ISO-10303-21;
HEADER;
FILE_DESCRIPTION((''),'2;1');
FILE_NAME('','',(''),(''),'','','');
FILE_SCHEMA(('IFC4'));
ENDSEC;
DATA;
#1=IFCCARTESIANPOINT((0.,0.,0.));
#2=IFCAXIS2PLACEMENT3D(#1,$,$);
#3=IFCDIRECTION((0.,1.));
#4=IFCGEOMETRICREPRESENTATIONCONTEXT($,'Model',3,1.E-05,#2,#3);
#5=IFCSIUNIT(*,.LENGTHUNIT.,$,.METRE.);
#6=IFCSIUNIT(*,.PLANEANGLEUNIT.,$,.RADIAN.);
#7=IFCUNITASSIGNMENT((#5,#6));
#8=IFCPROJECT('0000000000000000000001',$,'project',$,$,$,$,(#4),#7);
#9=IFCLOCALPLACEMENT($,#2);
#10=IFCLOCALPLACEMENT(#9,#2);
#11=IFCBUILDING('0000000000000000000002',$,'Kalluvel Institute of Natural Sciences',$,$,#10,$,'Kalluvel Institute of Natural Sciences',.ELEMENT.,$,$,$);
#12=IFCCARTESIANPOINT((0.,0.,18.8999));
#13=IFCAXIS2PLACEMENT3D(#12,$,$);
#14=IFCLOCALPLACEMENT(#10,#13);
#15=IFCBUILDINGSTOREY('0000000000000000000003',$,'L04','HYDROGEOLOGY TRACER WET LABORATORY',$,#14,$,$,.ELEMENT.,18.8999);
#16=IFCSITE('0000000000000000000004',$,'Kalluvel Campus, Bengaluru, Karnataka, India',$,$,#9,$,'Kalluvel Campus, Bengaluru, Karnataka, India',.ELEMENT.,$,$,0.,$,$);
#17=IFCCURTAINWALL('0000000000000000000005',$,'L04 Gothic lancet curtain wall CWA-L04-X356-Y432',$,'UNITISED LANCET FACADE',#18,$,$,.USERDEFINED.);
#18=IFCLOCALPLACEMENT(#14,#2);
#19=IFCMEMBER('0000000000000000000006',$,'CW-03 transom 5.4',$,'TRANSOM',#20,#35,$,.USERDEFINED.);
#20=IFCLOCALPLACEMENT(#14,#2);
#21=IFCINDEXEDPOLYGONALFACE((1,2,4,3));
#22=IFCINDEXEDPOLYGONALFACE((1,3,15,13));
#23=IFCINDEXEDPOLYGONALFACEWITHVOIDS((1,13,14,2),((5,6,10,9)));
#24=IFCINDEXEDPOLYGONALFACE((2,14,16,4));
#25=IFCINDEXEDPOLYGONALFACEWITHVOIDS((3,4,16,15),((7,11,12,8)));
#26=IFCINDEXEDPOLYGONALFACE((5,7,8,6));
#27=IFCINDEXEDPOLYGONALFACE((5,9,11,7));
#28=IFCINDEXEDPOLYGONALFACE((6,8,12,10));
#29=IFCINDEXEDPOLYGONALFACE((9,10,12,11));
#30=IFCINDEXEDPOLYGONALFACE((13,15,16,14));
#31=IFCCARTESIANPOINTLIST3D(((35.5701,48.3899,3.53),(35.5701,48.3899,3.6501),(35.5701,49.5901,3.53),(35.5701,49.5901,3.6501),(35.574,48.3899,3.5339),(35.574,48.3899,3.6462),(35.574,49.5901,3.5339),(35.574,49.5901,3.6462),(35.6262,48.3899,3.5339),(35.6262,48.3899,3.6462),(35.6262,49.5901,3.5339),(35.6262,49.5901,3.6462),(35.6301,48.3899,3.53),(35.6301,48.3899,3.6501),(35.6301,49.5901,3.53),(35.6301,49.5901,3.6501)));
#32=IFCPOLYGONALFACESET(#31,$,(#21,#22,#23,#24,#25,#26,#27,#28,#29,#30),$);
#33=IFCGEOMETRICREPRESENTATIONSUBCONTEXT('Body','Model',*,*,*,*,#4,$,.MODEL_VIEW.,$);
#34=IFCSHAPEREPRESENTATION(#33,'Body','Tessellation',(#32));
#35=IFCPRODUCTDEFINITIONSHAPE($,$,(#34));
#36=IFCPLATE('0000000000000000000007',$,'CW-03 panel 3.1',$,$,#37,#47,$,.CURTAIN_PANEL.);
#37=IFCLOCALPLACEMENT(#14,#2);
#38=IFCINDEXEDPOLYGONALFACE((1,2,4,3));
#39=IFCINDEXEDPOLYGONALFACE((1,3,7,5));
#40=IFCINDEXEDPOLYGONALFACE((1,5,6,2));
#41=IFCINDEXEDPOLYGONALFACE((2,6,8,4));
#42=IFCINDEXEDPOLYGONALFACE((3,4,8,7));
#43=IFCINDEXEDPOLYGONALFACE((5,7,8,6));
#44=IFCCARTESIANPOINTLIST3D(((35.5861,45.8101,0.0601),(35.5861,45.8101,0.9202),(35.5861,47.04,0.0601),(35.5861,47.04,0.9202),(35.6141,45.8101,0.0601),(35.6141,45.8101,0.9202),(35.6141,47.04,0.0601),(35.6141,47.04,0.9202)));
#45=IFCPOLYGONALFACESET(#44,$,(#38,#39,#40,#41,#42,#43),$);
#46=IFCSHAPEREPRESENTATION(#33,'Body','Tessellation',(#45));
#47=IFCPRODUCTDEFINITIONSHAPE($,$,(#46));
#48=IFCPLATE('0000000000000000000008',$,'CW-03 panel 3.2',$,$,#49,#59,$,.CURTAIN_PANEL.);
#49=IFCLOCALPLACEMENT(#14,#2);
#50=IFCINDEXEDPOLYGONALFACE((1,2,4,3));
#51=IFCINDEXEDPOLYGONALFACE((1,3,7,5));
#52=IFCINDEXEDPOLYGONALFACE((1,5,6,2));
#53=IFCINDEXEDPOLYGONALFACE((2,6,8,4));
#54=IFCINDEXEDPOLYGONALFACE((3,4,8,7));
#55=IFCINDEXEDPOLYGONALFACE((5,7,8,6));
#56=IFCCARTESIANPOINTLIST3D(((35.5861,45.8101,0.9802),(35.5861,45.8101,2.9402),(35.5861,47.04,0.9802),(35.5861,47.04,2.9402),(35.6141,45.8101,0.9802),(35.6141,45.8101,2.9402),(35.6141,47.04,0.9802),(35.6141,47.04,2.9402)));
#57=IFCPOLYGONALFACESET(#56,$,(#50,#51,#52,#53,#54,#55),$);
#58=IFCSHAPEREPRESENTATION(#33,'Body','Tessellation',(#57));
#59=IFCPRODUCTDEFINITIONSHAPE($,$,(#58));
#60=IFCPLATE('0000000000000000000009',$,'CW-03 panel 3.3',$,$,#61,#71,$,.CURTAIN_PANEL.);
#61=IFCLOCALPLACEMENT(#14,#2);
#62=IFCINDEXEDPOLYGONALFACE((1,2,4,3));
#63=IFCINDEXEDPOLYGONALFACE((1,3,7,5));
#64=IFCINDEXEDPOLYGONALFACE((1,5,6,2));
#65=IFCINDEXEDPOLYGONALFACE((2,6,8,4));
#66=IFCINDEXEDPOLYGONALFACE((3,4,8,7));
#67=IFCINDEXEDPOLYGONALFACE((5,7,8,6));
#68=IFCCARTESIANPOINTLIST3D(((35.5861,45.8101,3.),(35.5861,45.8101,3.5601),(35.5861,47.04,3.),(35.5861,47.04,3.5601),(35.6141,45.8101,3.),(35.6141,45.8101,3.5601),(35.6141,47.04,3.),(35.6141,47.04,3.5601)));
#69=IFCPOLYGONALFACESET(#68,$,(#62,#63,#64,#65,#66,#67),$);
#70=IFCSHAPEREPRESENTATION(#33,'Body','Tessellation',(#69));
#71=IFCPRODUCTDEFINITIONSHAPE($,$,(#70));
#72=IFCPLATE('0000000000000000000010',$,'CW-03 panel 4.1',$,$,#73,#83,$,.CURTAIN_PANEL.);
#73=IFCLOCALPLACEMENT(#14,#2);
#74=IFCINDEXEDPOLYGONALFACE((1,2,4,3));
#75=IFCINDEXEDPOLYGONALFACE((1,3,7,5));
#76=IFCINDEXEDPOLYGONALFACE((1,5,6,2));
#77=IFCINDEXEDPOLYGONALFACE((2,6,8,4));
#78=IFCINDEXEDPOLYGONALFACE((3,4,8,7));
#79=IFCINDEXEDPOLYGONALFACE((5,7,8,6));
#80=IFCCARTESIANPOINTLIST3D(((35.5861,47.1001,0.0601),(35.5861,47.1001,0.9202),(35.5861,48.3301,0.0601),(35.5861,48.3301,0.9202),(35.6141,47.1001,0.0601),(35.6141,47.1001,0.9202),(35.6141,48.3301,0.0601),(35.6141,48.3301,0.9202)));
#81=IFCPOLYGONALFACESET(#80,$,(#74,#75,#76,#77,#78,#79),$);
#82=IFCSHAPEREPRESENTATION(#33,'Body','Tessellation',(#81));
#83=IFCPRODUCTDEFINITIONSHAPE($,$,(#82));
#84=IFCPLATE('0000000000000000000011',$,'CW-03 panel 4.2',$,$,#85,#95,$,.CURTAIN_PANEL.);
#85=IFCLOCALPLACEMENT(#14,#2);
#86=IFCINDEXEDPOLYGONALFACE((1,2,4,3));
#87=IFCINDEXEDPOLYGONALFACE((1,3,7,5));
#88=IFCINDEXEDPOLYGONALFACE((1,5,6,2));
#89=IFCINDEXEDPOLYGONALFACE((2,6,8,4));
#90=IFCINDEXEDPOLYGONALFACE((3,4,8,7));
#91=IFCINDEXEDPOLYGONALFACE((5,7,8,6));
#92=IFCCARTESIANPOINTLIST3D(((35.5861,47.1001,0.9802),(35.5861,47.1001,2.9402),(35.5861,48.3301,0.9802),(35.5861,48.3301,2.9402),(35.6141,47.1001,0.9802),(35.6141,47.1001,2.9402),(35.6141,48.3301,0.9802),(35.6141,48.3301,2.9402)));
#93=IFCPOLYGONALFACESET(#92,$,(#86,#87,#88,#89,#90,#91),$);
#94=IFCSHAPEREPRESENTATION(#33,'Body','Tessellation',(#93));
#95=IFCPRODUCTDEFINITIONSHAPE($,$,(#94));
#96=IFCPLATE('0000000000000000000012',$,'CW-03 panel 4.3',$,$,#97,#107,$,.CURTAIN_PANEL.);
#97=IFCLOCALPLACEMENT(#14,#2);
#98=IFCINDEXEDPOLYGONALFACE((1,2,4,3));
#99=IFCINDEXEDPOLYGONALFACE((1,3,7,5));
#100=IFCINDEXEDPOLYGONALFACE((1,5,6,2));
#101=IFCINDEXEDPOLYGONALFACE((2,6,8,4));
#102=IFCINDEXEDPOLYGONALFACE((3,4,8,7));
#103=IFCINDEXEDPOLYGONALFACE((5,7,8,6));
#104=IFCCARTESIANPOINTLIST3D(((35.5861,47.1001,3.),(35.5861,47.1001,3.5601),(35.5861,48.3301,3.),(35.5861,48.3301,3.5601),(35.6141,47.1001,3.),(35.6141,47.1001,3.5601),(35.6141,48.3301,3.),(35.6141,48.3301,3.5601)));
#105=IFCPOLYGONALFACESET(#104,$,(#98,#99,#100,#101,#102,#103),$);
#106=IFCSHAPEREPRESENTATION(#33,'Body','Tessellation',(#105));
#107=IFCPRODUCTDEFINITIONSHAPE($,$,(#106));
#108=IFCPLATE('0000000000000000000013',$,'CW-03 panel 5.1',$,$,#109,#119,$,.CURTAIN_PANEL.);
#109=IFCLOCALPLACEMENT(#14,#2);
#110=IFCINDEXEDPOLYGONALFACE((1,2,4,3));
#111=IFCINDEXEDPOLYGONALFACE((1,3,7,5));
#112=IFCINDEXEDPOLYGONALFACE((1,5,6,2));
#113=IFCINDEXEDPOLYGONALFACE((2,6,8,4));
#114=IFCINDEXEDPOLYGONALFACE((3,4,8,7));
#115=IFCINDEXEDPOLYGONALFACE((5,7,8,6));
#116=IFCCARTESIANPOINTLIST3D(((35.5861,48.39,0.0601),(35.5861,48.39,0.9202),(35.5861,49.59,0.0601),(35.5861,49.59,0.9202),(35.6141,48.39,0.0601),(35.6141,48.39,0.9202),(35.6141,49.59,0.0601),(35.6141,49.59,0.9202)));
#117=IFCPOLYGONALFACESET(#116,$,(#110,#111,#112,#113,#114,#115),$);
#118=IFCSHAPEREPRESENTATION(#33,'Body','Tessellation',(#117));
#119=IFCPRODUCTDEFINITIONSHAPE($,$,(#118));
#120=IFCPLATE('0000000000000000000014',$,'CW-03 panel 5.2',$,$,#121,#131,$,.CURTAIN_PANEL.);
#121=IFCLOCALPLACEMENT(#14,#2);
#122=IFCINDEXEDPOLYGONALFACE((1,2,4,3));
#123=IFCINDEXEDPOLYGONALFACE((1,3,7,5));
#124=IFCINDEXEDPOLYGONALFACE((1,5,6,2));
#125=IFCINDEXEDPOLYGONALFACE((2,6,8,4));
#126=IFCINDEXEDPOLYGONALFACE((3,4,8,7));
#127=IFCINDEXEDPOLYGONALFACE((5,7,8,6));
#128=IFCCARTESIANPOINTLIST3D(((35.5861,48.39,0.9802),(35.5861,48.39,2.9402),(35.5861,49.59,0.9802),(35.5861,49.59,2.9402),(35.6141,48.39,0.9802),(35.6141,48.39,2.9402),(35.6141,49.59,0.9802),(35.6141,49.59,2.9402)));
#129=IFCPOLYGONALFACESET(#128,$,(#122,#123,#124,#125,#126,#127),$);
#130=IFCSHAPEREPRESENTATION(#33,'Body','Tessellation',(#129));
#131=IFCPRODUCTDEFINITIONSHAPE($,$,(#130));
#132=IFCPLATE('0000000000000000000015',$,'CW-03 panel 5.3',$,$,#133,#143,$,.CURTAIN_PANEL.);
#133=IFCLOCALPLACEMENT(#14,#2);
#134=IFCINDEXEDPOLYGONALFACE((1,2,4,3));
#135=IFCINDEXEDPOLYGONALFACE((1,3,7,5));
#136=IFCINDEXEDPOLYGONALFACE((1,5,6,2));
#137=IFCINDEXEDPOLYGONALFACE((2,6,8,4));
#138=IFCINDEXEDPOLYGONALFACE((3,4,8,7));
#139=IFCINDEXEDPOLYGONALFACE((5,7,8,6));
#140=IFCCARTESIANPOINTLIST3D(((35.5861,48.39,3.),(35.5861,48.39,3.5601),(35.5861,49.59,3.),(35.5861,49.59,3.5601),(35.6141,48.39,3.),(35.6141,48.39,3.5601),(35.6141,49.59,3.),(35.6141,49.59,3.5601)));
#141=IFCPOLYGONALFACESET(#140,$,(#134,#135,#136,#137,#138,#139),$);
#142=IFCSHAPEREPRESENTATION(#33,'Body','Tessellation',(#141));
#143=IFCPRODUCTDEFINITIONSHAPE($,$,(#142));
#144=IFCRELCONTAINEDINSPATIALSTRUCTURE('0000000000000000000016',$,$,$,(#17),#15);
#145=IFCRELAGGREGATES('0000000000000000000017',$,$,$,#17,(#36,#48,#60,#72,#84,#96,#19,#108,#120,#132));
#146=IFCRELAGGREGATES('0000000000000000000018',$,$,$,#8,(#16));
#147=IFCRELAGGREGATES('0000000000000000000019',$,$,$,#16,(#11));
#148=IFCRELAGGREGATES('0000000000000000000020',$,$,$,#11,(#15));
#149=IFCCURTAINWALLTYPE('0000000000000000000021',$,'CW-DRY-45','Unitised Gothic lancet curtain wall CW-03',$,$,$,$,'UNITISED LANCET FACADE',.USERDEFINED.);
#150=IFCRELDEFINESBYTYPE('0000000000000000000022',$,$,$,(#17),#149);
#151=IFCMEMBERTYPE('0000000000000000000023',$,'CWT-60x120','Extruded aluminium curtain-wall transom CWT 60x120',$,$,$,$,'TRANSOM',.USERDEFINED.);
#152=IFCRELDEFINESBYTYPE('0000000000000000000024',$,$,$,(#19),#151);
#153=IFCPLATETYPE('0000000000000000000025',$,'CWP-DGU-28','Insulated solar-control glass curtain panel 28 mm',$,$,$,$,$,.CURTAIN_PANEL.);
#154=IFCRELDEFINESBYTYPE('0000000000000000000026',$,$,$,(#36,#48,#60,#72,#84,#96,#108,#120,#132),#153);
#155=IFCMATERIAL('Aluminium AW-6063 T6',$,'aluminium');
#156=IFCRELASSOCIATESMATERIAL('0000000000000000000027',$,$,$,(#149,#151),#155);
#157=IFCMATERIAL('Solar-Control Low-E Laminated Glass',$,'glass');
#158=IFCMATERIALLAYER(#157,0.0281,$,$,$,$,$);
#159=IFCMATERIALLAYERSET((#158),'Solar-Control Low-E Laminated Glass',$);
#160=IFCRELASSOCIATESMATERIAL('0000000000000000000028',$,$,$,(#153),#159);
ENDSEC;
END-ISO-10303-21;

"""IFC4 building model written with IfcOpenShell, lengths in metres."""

from ifc_helpers import new_model, si_unit, direction, frame, origin, origin_2d, place, context, subcontext, project, spatial, rectangle, hollow_rectangle, extrude, material, layer, layer_set, material_profile, profile_set, type_object, element, aggregate, save


model = new_model("IFC4")

# Units and contexts
model_context = context("Model", 3, precision=1e-05, world=origin(), true_north=direction((0.0, 1.0)))
body_context = subcontext(model_context, "Body", "Model", "MODEL_VIEW")
ifc_project = project(units=[si_unit("LENGTHUNIT", "METRE"), si_unit("PLANEANGLEUNIT", "RADIAN")], contexts=[model_context])

# Site, building, storey
site_placement = place(None, origin())
site = spatial("IfcSite", under=ifc_project, at=site_placement, Name="Kalluvel Campus, Bengaluru, Karnataka, India", LongName="Kalluvel Campus, Bengaluru, Karnataka, India", CompositionType="ELEMENT", RefElevation=0.0)
building_placement = place(site_placement, origin())
building = spatial("IfcBuilding", under=site, at=building_placement, Name="Kalluvel Institute of Natural Sciences", LongName="Kalluvel Institute of Natural Sciences", CompositionType="ELEMENT")
storey_placement = place(building_placement, frame((0.0, 0.0, 18.8999)))
storey = spatial("IfcBuildingStorey", under=building, at=storey_placement, Name="L04", Description="HYDROGEOLOGY TRACER WET LABORATORY", CompositionType="ELEMENT", Elevation=18.8999)

# Curtain wall, member, plates
ifc_material_1 = material(Name="Aluminium AW-6063 T6", Category="aluminium")
curtain_wall_type = type_object("IfcCurtainWallType", Name="CW-DRY-45", Description="Unitised Gothic lancet curtain wall CW-03", ElementType="UNITISED LANCET FACADE", PredefinedType="USERDEFINED", material=ifc_material_1)
curtain_wall_placement = place(storey_placement, origin())
curtain_wall = element("IfcCurtainWall", 1, at=curtain_wall_placement, inside=storey, type_object=curtain_wall_type, Name="L04 Gothic lancet curtain wall CWA-L04-X356-Y432", ObjectType="UNITISED LANCET FACADE", PredefinedType="USERDEFINED")
ifc_material_profile_1 = material_profile(ifc_material_1, hollow_rectangle(XDim=0.0601, YDim=0.1201, WallThickness=0.0039, at=origin_2d()), Name="CWT 60x120")
ifc_profile_set_1 = profile_set([ifc_material_profile_1], Name="Aluminium AW-6063 T6")
member_type_1 = type_object("IfcMemberType", Name="CWT-60x120", Description="Extruded aluminium curtain-wall transom CWT 60x120", ElementType="TRANSOM", PredefinedType="USERDEFINED", material=ifc_profile_set_1)
member_1_placement = place(storey_placement, frame((35.6001, 48.3899, 3.5901), z_axis=(0.0, 1.0, 0.0), x_axis=(-1.0, 0.0, 0.0)))
member_1 = element("IfcMember", 2, at=member_1_placement, type_object=member_type_1, Name="CW-03 transom 5.4", ObjectType="TRANSOM", PredefinedType="USERDEFINED", context=body_context, shape_type="SweptSolid", body=[
    extrude(hollow_rectangle(XDim=0.0601, YDim=0.1201, WallThickness=0.0039, at=origin_2d()), origin(), (0.0, 0.0, 1.0), 1.2002),
])
ifc_material_2 = material(Name="Solar-Control Low-E Laminated Glass", Category="glass")
ifc_layer = layer(ifc_material_2, 0.0281)
ifc_layer_set = layer_set([ifc_layer], Name="Solar-Control Low-E Laminated Glass")
plate_type = type_object("IfcPlateType", Name="CWP-DGU-28", Description="Insulated solar-control glass curtain panel 28 mm", PredefinedType="CURTAIN_PANEL", material=ifc_layer_set)
plate_1_placement = place(storey_placement, frame((35.6001, 46.425, 0.0601), z_axis=(0.0, 0.0, 1.0), x_axis=(0.0, 1.0, 0.0)))
plate_1 = element("IfcPlate", 3, at=plate_1_placement, type_object=plate_type, Name="CW-03 panel 3.1", PredefinedType="CURTAIN_PANEL", context=body_context, shape_type="SweptSolid", body=[
    extrude(rectangle(XDim=1.23, YDim=0.0281, at=origin_2d()), origin(), (0.0, 0.0, 1.0), 0.8601),
])
plate_2_placement = place(storey_placement, frame((35.6001, 46.425, 0.9802), z_axis=(0.0, 0.0, 1.0), x_axis=(0.0, 1.0, 0.0)))
plate_2 = element("IfcPlate", 4, at=plate_2_placement, type_object=plate_type, Name="CW-03 panel 3.2", PredefinedType="CURTAIN_PANEL", context=body_context, shape_type="SweptSolid", body=[
    extrude(rectangle(XDim=1.23, YDim=0.0281, at=origin_2d()), origin(), (0.0, 0.0, 1.0), 1.96),
])
plate_3_placement = place(storey_placement, frame((35.6001, 46.425, 3.0), z_axis=(0.0, 0.0, 1.0), x_axis=(0.0, 1.0, 0.0)))
plate_3 = element("IfcPlate", 5, at=plate_3_placement, type_object=plate_type, Name="CW-03 panel 3.3", PredefinedType="CURTAIN_PANEL", context=body_context, shape_type="SweptSolid", body=[
    extrude(rectangle(XDim=1.23, YDim=0.0281, at=origin_2d()), origin(), (0.0, 0.0, 1.0), 0.5601),
])
plate_4_placement = place(storey_placement, frame((35.6001, 47.7151, 0.0601), z_axis=(0.0, 0.0, 1.0), x_axis=(0.0, 1.0, 0.0)))
plate_4 = element("IfcPlate", 6, at=plate_4_placement, type_object=plate_type, Name="CW-03 panel 4.1", PredefinedType="CURTAIN_PANEL", context=body_context, shape_type="SweptSolid", body=[
    extrude(rectangle(XDim=1.23, YDim=0.0281, at=origin_2d()), origin(), (0.0, 0.0, 1.0), 0.8601),
])
plate_5_placement = place(storey_placement, frame((35.6001, 47.7151, 0.9802), z_axis=(0.0, 0.0, 1.0), x_axis=(0.0, 1.0, 0.0)))
plate_5 = element("IfcPlate", 7, at=plate_5_placement, type_object=plate_type, Name="CW-03 panel 4.2", PredefinedType="CURTAIN_PANEL", context=body_context, shape_type="SweptSolid", body=[
    extrude(rectangle(XDim=1.23, YDim=0.0281, at=origin_2d()), origin(), (0.0, 0.0, 1.0), 1.96),
])
plate_6_placement = place(storey_placement, frame((35.6001, 47.7151, 3.0), z_axis=(0.0, 0.0, 1.0), x_axis=(0.0, 1.0, 0.0)))
plate_6 = element("IfcPlate", 8, at=plate_6_placement, type_object=plate_type, Name="CW-03 panel 4.3", PredefinedType="CURTAIN_PANEL", context=body_context, shape_type="SweptSolid", body=[
    extrude(rectangle(XDim=1.23, YDim=0.0281, at=origin_2d()), origin(), (0.0, 0.0, 1.0), 0.5601),
])
plate_7_placement = place(storey_placement, frame((35.6001, 48.99, 0.0601), z_axis=(0.0, 0.0, 1.0), x_axis=(0.0, 1.0, 0.0)))
plate_7 = element("IfcPlate", 9, at=plate_7_placement, type_object=plate_type, Name="CW-03 panel 5.1", PredefinedType="CURTAIN_PANEL", context=body_context, shape_type="SweptSolid", body=[
    extrude(rectangle(XDim=1.2, YDim=0.0281, at=origin_2d()), origin(), (0.0, 0.0, 1.0), 0.8601),
])
plate_8_placement = place(storey_placement, frame((35.6001, 48.99, 0.9802), z_axis=(0.0, 0.0, 1.0), x_axis=(0.0, 1.0, 0.0)))
plate_8 = element("IfcPlate", 10, at=plate_8_placement, type_object=plate_type, Name="CW-03 panel 5.2", PredefinedType="CURTAIN_PANEL", context=body_context, shape_type="SweptSolid", body=[
    extrude(rectangle(XDim=1.2, YDim=0.0281, at=origin_2d()), origin(), (0.0, 0.0, 1.0), 1.96),
])
plate_9_placement = place(storey_placement, frame((35.6001, 48.99, 3.0), z_axis=(0.0, 0.0, 1.0), x_axis=(0.0, 1.0, 0.0)))
plate_9 = element("IfcPlate", 11, at=plate_9_placement, type_object=plate_type, Name="CW-03 panel 5.3", PredefinedType="CURTAIN_PANEL", context=body_context, shape_type="SweptSolid", body=[
    extrude(rectangle(XDim=1.2, YDim=0.0281, at=origin_2d()), origin(), (0.0, 0.0, 1.0), 0.5601),
])
aggregate(curtain_wall, [plate_1, plate_2, plate_3, plate_4, plate_5, plate_6, member_1, plate_7, plate_8, plate_9])

save(model, "model.ifc")
